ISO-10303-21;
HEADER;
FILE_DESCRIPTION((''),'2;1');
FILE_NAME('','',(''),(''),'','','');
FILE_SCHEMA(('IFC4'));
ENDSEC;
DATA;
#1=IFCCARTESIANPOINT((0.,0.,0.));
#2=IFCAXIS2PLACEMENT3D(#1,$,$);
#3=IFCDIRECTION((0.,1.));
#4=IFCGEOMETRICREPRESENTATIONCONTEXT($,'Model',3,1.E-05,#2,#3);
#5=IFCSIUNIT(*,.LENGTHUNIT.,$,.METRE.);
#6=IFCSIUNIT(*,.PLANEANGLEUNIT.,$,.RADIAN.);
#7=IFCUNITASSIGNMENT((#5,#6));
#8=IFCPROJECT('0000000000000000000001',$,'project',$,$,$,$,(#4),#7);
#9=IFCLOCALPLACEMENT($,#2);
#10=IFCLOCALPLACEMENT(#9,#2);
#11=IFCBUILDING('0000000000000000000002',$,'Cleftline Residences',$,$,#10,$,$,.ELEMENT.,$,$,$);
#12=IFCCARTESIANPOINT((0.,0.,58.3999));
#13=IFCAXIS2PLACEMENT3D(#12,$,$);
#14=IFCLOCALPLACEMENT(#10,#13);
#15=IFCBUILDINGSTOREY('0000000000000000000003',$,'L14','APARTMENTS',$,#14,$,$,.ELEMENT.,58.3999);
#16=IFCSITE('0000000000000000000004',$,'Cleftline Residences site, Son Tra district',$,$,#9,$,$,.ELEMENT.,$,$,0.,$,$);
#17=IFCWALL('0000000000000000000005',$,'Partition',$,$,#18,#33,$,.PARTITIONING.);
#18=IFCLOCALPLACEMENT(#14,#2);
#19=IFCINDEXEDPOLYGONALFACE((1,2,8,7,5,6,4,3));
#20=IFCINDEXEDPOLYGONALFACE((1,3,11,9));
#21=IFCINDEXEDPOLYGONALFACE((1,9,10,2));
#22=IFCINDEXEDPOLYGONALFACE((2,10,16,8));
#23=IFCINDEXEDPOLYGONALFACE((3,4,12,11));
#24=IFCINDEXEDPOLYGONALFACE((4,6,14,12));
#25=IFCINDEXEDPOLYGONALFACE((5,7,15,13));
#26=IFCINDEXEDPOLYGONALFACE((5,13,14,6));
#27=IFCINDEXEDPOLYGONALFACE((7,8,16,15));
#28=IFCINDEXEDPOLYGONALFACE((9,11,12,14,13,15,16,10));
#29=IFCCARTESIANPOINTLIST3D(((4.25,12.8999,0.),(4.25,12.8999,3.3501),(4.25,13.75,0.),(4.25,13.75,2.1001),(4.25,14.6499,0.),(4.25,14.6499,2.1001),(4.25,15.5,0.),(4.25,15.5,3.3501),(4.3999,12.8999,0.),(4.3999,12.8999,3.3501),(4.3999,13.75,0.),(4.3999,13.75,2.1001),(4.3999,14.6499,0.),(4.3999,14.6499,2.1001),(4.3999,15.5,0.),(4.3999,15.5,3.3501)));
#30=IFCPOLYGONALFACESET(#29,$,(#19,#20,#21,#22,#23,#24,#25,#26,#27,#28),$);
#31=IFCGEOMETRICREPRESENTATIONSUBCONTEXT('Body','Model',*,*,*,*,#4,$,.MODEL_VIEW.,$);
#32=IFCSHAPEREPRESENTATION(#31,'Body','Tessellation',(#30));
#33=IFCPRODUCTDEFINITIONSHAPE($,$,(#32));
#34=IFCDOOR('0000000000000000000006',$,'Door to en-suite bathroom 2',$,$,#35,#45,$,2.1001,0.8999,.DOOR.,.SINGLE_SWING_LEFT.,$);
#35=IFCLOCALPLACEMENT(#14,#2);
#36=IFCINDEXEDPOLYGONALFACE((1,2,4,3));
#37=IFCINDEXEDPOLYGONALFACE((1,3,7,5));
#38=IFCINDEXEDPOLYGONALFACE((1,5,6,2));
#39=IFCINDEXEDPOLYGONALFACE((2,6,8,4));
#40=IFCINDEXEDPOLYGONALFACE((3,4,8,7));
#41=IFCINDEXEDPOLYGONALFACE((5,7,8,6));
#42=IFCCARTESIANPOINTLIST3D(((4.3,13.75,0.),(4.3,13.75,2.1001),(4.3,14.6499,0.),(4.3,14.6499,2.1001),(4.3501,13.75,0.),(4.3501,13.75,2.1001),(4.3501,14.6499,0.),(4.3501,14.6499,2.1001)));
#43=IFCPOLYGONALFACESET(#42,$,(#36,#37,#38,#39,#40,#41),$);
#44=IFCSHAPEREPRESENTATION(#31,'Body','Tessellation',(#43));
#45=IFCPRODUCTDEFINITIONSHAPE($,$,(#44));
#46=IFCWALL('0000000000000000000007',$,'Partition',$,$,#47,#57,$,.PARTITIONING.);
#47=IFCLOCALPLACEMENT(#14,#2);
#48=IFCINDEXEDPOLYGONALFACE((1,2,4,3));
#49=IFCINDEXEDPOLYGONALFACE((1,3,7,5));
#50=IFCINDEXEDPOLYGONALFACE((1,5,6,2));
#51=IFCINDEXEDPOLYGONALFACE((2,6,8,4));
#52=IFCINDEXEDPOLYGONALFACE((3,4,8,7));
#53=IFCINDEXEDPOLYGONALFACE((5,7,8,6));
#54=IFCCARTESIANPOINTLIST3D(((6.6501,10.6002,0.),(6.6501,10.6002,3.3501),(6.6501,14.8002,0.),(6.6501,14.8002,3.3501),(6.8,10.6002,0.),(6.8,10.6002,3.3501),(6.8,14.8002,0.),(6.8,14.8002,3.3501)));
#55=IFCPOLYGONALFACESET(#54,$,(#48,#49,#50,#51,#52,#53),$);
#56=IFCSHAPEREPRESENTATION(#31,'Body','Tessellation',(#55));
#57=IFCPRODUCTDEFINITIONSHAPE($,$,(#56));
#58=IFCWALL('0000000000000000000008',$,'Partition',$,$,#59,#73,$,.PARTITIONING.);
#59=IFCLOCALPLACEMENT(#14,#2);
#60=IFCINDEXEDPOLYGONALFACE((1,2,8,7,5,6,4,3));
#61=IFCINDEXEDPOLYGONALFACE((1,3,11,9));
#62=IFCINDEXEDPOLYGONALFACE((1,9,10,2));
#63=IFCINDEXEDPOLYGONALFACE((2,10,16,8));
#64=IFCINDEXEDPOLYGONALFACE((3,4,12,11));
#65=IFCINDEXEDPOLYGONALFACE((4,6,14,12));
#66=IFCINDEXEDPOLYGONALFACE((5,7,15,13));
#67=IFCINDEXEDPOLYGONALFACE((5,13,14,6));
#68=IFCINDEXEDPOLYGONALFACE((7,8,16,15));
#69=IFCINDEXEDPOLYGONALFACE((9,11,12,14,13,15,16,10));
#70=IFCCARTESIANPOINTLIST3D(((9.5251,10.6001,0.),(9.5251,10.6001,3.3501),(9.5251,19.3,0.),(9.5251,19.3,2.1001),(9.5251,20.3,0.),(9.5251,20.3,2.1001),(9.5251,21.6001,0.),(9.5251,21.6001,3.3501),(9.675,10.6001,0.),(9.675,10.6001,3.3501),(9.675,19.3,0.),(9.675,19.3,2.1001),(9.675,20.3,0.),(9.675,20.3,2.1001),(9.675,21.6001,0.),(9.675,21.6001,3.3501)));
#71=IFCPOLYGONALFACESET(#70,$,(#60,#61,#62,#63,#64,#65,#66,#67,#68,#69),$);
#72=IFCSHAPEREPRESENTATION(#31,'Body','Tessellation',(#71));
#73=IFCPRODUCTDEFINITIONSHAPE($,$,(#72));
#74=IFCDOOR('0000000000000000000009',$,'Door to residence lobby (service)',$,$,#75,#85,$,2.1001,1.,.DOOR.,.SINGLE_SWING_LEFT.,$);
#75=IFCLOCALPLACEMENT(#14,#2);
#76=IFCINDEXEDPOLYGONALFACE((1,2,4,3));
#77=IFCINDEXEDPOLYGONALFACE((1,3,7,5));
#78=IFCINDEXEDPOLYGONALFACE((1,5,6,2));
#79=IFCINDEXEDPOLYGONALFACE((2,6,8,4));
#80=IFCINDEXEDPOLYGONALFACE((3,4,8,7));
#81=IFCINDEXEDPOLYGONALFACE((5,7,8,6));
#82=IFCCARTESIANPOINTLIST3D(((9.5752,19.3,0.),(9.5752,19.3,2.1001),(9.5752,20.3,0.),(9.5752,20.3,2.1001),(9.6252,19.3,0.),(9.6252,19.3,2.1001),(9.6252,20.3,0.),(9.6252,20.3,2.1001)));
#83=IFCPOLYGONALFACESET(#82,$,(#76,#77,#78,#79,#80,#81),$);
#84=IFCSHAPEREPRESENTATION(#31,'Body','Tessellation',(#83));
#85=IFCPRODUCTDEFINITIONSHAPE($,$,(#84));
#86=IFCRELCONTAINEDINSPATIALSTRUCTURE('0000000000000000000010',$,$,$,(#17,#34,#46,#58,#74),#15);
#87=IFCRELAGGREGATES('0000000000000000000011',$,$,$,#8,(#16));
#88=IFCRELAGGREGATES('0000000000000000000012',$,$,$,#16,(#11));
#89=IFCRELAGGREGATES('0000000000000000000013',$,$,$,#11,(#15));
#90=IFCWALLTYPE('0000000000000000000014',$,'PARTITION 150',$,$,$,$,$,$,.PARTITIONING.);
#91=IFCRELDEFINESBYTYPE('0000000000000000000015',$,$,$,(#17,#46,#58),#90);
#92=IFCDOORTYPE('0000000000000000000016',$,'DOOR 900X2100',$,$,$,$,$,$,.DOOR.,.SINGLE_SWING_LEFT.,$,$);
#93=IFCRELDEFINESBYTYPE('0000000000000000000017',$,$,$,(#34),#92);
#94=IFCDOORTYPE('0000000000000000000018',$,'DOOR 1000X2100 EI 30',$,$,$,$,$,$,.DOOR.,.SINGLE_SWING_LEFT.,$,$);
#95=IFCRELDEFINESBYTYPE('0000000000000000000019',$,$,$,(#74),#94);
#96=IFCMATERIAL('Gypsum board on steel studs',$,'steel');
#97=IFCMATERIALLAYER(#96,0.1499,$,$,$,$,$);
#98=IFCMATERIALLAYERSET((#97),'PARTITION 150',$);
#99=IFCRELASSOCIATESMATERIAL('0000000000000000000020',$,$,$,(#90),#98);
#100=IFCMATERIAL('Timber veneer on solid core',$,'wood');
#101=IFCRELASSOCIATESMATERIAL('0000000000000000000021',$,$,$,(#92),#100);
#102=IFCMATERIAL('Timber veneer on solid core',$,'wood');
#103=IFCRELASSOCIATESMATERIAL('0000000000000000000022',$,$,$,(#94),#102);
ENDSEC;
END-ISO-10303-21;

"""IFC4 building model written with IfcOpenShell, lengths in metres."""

from ifc_helpers import new_model, si_unit, direction, frame, frame_2d, origin, place, context, subcontext, project, spatial, rectangle, extrude, material, layer, layer_set, type_object, element, fill, save


model = new_model("IFC4")

# Units and contexts
model_context = context("Model", 3, precision=1e-05, world=origin(), true_north=direction((0.0, 1.0)))
body_context = subcontext(model_context, "Body", "Model", "MODEL_VIEW")
ifc_project = project(units=[si_unit("LENGTHUNIT", "METRE"), si_unit("PLANEANGLEUNIT", "RADIAN")], contexts=[model_context])

# Site, building, storey
site_placement = place(None, origin())
site = spatial("IfcSite", under=ifc_project, at=site_placement, Name="Cleftline Residences site, Son Tra district", CompositionType="ELEMENT", RefElevation=0.0)
building_placement = place(site_placement, origin())
building = spatial("IfcBuilding", under=site, at=building_placement, Name="Cleftline Residences", CompositionType="ELEMENT")
storey_placement = place(building_placement, frame((0.0, 0.0, 58.3999)))
storey = spatial("IfcBuildingStorey", under=building, at=storey_placement, Name="L14", Description="APARTMENTS", CompositionType="ELEMENT", Elevation=58.3999)

# Shared definitions
ifc_material_1 = material(Name="Gypsum board on steel studs", Category="steel")
ifc_layer = layer(ifc_material_1, 0.1499)
ifc_layer_set = layer_set([ifc_layer], Name="PARTITION 150")
wall_type = type_object("IfcWallType", Name="PARTITION 150", PredefinedType="PARTITIONING", material=ifc_layer_set)
ifc_material_2 = material(Name="Timber veneer on solid core", Category="wood")
door_type_1 = type_object("IfcDoorType", Name="DOOR 900X2100", OperationType="SINGLE_SWING_LEFT", PredefinedType="DOOR", material=ifc_material_2)

# Wall, opening, door
wall_1_placement = place(storey_placement, frame((4.325, 12.8999, 0.0), z_axis=(0.0, 0.0, 1.0), x_axis=(0.0, 1.0, 0.0)))
wall_1 = element("IfcWall", 1, at=wall_1_placement, inside=storey, type_object=wall_type, Name="Partition", PredefinedType="PARTITIONING", context=body_context, shape_type="SweptSolid", body=[
    extrude(rectangle(XDim=2.6001, YDim=0.1499, at=frame_2d((1.3, 0.0))), origin(), (0.0, 0.0, 1.0), 3.3501),
])
opening_1_placement = place(wall_1_placement, frame((0.8501, 0.0, 0.0)))
opening_1 = element("IfcOpeningElement", 2, at=opening_1_placement, cuts=wall_1, PredefinedType="OPENING", context=body_context, shape_type="SweptSolid", body=[
    extrude(rectangle(XDim=0.8999, YDim=2.1001, at=frame_2d((0.45, 1.05))), frame((0.0, 0.085, 0.0), z_axis=(0.0, -1.0, 0.0), x_axis=(1.0, 0.0, 0.0)), (0.0, 0.0, 1.0), 0.1699),
])
door_1_placement = place(opening_1_placement, origin())
door_1 = element("IfcDoor", 3, at=door_1_placement, inside=storey, type_object=door_type_1, Name="Door to en-suite bathroom 2", OperationType="SINGLE_SWING_LEFT", OverallHeight=2.1001, OverallWidth=0.8999, PredefinedType="DOOR", context=body_context, shape_type="SweptSolid", body=[
    extrude(rectangle(XDim=0.8999, YDim=2.1001, at=frame_2d((0.45, 1.05))), frame((0.0, 0.0249, 0.0), z_axis=(0.0, -1.0, 0.0), x_axis=(1.0, 0.0, 0.0)), (0.0, 0.0, 1.0), 0.05),
])
fill(opening_1, door_1)

# Wall
wall_2_placement = place(storey_placement, frame((6.7251, 10.6001, 0.0), z_axis=(0.0, 0.0, 1.0), x_axis=(0.0, 1.0, 0.0)))
element("IfcWall", 4, at=wall_2_placement, inside=storey, type_object=wall_type, Name="Partition", PredefinedType="PARTITIONING", context=body_context, shape_type="SweptSolid", body=[
    extrude(rectangle(XDim=4.2, YDim=0.1499, at=frame_2d((2.1001, 0.0))), origin(), (0.0, 0.0, 1.0), 3.3501),
])

# Wall, opening, door
wall_3_placement = place(storey_placement, frame((9.6001, 10.6001, 0.0), z_axis=(0.0, 0.0, 1.0), x_axis=(0.0, 1.0, 0.0)))
wall_3 = element("IfcWall", 5, at=wall_3_placement, inside=storey, type_object=wall_type, Name="Partition", PredefinedType="PARTITIONING", context=body_context, shape_type="SweptSolid", body=[
    extrude(rectangle(XDim=11.0, YDim=0.1499, at=frame_2d((5.5, 0.0))), origin(), (0.0, 0.0, 1.0), 3.3501),
])
opening_2_placement = place(wall_3_placement, frame((8.7, 0.0, 0.0)))
opening_2 = element("IfcOpeningElement", 6, at=opening_2_placement, cuts=wall_3, PredefinedType="OPENING", context=body_context, shape_type="SweptSolid", body=[
    extrude(rectangle(XDim=1.0, YDim=2.1001, at=frame_2d((0.5, 1.05))), frame((0.0, 0.085, 0.0), z_axis=(0.0, -1.0, 0.0), x_axis=(1.0, 0.0, 0.0)), (0.0, 0.0, 1.0), 0.1699),
])
ifc_material_3 = material(Name="Timber veneer on solid core", Category="wood")
door_type_2 = type_object("IfcDoorType", Name="DOOR 1000X2100 EI 30", OperationType="SINGLE_SWING_LEFT", PredefinedType="DOOR", material=ifc_material_3)
door_2_placement = place(opening_2_placement, origin())
door_2 = element("IfcDoor", 7, at=door_2_placement, inside=storey, type_object=door_type_2, Name="Door to residence lobby (service)", OperationType="SINGLE_SWING_LEFT", OverallHeight=2.1001, OverallWidth=1.0, PredefinedType="DOOR", context=body_context, shape_type="SweptSolid", body=[
    extrude(rectangle(XDim=1.0, YDim=2.1001, at=frame_2d((0.5, 1.05))), frame((0.0, 0.0249, 0.0), z_axis=(0.0, -1.0, 0.0), x_axis=(1.0, 0.0, 0.0)), (0.0, 0.0, 1.0), 0.05),
])
fill(opening_2, door_2)

save(model, "model.ifc")
